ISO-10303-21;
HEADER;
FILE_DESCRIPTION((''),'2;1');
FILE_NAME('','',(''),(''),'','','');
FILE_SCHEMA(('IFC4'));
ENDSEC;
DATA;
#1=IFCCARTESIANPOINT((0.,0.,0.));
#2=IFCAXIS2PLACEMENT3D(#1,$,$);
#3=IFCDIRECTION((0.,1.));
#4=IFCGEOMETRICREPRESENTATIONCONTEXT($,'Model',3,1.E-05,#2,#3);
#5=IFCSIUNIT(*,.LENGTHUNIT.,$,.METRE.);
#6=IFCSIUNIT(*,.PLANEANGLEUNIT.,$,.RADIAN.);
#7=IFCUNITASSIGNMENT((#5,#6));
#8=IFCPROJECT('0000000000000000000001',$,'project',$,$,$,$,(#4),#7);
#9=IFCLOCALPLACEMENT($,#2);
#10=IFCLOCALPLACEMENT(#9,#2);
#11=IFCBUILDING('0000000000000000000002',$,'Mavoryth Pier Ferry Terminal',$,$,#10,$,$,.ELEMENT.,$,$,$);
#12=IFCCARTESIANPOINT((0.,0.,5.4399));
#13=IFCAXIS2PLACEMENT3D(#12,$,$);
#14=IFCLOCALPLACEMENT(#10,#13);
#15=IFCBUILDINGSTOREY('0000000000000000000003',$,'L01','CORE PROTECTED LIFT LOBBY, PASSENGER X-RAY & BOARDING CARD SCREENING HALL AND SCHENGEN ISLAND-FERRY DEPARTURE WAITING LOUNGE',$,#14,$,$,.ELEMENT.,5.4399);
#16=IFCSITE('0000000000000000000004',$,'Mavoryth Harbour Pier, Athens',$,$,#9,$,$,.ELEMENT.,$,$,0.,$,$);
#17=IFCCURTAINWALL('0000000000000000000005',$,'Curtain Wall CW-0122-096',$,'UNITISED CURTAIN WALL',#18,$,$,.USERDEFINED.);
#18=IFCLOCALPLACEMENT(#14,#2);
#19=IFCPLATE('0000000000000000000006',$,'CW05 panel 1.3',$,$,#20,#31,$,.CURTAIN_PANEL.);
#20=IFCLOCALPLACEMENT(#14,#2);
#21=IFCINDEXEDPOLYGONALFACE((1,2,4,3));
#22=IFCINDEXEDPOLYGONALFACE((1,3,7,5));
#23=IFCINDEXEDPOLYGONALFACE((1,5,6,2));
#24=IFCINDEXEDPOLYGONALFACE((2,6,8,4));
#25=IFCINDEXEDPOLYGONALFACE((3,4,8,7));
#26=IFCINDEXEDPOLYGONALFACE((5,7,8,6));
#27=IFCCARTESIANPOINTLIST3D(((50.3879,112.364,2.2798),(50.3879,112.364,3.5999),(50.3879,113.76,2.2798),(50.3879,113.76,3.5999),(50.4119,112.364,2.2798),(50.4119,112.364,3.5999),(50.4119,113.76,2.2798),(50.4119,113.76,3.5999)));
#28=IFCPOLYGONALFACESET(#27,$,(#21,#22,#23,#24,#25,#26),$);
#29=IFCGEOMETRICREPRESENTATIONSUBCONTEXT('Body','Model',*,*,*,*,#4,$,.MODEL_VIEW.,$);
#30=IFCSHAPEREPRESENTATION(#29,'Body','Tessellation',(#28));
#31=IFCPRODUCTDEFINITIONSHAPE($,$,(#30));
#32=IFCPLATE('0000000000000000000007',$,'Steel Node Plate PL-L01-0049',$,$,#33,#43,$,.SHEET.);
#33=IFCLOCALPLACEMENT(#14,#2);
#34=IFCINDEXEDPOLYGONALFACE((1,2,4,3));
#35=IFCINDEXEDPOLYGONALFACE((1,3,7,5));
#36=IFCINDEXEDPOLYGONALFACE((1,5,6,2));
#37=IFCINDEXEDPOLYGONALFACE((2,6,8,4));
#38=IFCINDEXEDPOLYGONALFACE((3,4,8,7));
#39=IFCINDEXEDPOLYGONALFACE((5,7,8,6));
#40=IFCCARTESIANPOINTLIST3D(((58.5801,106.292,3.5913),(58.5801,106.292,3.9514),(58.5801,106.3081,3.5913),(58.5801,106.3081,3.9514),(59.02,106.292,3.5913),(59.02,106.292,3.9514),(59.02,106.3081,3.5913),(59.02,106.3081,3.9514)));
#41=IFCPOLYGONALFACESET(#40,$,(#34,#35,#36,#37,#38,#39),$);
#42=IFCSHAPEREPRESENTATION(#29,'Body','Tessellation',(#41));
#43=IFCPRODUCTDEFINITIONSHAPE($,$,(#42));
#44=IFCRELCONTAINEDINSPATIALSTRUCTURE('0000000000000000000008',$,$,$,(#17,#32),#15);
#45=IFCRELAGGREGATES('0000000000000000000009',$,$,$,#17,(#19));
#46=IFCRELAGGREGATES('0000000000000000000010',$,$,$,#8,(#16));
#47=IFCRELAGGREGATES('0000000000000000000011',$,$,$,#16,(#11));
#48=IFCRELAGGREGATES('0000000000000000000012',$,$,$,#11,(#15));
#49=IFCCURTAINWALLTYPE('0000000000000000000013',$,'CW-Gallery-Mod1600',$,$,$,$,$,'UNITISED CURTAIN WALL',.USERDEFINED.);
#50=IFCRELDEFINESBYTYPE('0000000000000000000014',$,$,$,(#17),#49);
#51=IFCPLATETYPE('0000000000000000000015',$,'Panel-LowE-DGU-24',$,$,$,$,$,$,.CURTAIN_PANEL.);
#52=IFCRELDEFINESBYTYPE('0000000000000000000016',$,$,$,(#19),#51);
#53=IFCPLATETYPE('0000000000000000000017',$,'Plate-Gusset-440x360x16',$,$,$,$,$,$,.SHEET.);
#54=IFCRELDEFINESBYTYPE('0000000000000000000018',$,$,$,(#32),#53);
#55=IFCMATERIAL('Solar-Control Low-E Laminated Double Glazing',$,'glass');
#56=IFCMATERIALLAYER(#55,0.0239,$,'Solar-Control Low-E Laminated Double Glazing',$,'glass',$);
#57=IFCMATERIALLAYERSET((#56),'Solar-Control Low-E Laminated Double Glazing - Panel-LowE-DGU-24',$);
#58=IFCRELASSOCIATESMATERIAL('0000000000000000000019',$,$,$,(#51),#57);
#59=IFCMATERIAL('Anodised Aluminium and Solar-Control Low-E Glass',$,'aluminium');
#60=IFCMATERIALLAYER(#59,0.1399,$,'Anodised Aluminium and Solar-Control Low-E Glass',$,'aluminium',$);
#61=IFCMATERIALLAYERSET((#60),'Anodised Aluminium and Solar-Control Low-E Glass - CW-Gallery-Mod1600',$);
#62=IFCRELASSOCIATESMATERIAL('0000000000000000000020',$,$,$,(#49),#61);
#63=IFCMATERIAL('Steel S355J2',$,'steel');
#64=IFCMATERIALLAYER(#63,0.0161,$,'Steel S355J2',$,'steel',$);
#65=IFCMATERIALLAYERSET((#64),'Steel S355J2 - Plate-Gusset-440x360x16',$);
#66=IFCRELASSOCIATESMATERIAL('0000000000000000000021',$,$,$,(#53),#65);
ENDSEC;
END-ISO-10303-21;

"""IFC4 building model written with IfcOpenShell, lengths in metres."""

from ifc_helpers import new_model, si_unit, direction, frame, origin, origin_2d, place, context, subcontext, project, spatial, rectangle, extrude, material, layer, layer_set, type_object, element, aggregate, save


model = new_model("IFC4")

# Units and contexts
model_context = context("Model", 3, precision=1e-05, world=origin(), true_north=direction((0.0, 1.0)))
body_context = subcontext(model_context, "Body", "Model", "MODEL_VIEW")
ifc_project = project(units=[si_unit("LENGTHUNIT", "METRE"), si_unit("PLANEANGLEUNIT", "RADIAN")], contexts=[model_context])

# Site, building, storey
site_placement = place(None, origin())
site = spatial("IfcSite", under=ifc_project, at=site_placement, Name="Mavoryth Harbour Pier, Athens", CompositionType="ELEMENT", RefElevation=0.0)
building_placement = place(site_placement, origin())
building = spatial("IfcBuilding", under=site, at=building_placement, Name="Mavoryth Pier Ferry Terminal", CompositionType="ELEMENT")
storey_placement = place(building_placement, frame((0.0, 0.0, 5.4399)))
storey = spatial("IfcBuildingStorey", under=building, at=storey_placement, Name="L01", Description="CORE PROTECTED LIFT LOBBY, PASSENGER X-RAY & BOARDING CARD SCREENING HALL AND SCHENGEN ISLAND-FERRY DEPARTURE WAITING LOUNGE", CompositionType="ELEMENT", Elevation=5.4399)

# Shared definitions
ifc_material_1 = material(Name="Steel S355J2", Category="steel")

# Shared definitions
ifc_material_2 = material(Name="Anodised Aluminium and Solar-Control Low-E Glass", Category="aluminium")

# Shared definitions
ifc_material_3 = material(Name="Solar-Control Low-E Laminated Double Glazing", Category="glass")
ifc_layer_1 = layer(ifc_material_3, 0.0239, Name="Solar-Control Low-E Laminated Double Glazing", Category="glass")
ifc_layer_set_1 = layer_set([ifc_layer_1], Name="Solar-Control Low-E Laminated Double Glazing - Panel-LowE-DGU-24")
plate_type_1 = type_object("IfcPlateType", Name="Panel-LowE-DGU-24", PredefinedType="CURTAIN_PANEL", material=ifc_layer_set_1)

# Curtain wall, plate
ifc_layer_2 = layer(ifc_material_2, 0.1399, Name="Anodised Aluminium and Solar-Control Low-E Glass", Category="aluminium")
ifc_layer_set_2 = layer_set([ifc_layer_2], Name="Anodised Aluminium and Solar-Control Low-E Glass - CW-Gallery-Mod1600")
curtain_wall_type_1 = type_object("IfcCurtainWallType", Name="CW-Gallery-Mod1600", ElementType="UNITISED CURTAIN WALL", PredefinedType="USERDEFINED", material=ifc_layer_set_2)
curtain_wall_1_placement = place(storey_placement, origin())
curtain_wall_1 = element("IfcCurtainWall", 1, at=curtain_wall_1_placement, inside=storey, type_object=curtain_wall_type_1, Name="Curtain Wall CW-0122-096", ObjectType="UNITISED CURTAIN WALL", PredefinedType="USERDEFINED")
plate_1_placement = place(storey_placement, frame((50.3999, 113.062, 2.2798), z_axis=(0.0, 0.0, 1.0), x_axis=(0.0, -1.0, 0.0)))
plate_1 = element("IfcPlate", 2, at=plate_1_placement, type_object=plate_type_1, Name="CW05 panel 1.3", PredefinedType="CURTAIN_PANEL", context=body_context, shape_type="SweptSolid", body=[
    extrude(rectangle(XDim=1.396, YDim=0.0239, at=origin_2d()), origin(), (0.0, 0.0, 1.0), 1.3201),
])
aggregate(curtain_wall_1, [plate_1])

# Plate
ifc_layer_3 = layer(ifc_material_1, 0.0161, Name="Steel S355J2", Category="steel")
ifc_layer_set_3 = layer_set([ifc_layer_3], Name="Steel S355J2 - Plate-Gusset-440x360x16")
plate_type_2 = type_object("IfcPlateType", Name="Plate-Gusset-440x360x16", PredefinedType="SHEET", material=ifc_layer_set_3)
plate_2_placement = place(storey_placement, frame((58.8, 106.3, 3.5913), z_axis=(0.0, 0.0, 1.0), x_axis=(1.0, 0.0, 0.0)))
element("IfcPlate", 3, at=plate_2_placement, inside=storey, type_object=plate_type_2, Name="Steel Node Plate PL-L01-0049", PredefinedType="SHEET", context=body_context, shape_type="SweptSolid", body=[
    extrude(rectangle(XDim=0.4399, YDim=0.0161, at=origin_2d()), origin(), (0.0, 0.0, 1.0), 0.3601),
])

save(model, "model.ifc")
